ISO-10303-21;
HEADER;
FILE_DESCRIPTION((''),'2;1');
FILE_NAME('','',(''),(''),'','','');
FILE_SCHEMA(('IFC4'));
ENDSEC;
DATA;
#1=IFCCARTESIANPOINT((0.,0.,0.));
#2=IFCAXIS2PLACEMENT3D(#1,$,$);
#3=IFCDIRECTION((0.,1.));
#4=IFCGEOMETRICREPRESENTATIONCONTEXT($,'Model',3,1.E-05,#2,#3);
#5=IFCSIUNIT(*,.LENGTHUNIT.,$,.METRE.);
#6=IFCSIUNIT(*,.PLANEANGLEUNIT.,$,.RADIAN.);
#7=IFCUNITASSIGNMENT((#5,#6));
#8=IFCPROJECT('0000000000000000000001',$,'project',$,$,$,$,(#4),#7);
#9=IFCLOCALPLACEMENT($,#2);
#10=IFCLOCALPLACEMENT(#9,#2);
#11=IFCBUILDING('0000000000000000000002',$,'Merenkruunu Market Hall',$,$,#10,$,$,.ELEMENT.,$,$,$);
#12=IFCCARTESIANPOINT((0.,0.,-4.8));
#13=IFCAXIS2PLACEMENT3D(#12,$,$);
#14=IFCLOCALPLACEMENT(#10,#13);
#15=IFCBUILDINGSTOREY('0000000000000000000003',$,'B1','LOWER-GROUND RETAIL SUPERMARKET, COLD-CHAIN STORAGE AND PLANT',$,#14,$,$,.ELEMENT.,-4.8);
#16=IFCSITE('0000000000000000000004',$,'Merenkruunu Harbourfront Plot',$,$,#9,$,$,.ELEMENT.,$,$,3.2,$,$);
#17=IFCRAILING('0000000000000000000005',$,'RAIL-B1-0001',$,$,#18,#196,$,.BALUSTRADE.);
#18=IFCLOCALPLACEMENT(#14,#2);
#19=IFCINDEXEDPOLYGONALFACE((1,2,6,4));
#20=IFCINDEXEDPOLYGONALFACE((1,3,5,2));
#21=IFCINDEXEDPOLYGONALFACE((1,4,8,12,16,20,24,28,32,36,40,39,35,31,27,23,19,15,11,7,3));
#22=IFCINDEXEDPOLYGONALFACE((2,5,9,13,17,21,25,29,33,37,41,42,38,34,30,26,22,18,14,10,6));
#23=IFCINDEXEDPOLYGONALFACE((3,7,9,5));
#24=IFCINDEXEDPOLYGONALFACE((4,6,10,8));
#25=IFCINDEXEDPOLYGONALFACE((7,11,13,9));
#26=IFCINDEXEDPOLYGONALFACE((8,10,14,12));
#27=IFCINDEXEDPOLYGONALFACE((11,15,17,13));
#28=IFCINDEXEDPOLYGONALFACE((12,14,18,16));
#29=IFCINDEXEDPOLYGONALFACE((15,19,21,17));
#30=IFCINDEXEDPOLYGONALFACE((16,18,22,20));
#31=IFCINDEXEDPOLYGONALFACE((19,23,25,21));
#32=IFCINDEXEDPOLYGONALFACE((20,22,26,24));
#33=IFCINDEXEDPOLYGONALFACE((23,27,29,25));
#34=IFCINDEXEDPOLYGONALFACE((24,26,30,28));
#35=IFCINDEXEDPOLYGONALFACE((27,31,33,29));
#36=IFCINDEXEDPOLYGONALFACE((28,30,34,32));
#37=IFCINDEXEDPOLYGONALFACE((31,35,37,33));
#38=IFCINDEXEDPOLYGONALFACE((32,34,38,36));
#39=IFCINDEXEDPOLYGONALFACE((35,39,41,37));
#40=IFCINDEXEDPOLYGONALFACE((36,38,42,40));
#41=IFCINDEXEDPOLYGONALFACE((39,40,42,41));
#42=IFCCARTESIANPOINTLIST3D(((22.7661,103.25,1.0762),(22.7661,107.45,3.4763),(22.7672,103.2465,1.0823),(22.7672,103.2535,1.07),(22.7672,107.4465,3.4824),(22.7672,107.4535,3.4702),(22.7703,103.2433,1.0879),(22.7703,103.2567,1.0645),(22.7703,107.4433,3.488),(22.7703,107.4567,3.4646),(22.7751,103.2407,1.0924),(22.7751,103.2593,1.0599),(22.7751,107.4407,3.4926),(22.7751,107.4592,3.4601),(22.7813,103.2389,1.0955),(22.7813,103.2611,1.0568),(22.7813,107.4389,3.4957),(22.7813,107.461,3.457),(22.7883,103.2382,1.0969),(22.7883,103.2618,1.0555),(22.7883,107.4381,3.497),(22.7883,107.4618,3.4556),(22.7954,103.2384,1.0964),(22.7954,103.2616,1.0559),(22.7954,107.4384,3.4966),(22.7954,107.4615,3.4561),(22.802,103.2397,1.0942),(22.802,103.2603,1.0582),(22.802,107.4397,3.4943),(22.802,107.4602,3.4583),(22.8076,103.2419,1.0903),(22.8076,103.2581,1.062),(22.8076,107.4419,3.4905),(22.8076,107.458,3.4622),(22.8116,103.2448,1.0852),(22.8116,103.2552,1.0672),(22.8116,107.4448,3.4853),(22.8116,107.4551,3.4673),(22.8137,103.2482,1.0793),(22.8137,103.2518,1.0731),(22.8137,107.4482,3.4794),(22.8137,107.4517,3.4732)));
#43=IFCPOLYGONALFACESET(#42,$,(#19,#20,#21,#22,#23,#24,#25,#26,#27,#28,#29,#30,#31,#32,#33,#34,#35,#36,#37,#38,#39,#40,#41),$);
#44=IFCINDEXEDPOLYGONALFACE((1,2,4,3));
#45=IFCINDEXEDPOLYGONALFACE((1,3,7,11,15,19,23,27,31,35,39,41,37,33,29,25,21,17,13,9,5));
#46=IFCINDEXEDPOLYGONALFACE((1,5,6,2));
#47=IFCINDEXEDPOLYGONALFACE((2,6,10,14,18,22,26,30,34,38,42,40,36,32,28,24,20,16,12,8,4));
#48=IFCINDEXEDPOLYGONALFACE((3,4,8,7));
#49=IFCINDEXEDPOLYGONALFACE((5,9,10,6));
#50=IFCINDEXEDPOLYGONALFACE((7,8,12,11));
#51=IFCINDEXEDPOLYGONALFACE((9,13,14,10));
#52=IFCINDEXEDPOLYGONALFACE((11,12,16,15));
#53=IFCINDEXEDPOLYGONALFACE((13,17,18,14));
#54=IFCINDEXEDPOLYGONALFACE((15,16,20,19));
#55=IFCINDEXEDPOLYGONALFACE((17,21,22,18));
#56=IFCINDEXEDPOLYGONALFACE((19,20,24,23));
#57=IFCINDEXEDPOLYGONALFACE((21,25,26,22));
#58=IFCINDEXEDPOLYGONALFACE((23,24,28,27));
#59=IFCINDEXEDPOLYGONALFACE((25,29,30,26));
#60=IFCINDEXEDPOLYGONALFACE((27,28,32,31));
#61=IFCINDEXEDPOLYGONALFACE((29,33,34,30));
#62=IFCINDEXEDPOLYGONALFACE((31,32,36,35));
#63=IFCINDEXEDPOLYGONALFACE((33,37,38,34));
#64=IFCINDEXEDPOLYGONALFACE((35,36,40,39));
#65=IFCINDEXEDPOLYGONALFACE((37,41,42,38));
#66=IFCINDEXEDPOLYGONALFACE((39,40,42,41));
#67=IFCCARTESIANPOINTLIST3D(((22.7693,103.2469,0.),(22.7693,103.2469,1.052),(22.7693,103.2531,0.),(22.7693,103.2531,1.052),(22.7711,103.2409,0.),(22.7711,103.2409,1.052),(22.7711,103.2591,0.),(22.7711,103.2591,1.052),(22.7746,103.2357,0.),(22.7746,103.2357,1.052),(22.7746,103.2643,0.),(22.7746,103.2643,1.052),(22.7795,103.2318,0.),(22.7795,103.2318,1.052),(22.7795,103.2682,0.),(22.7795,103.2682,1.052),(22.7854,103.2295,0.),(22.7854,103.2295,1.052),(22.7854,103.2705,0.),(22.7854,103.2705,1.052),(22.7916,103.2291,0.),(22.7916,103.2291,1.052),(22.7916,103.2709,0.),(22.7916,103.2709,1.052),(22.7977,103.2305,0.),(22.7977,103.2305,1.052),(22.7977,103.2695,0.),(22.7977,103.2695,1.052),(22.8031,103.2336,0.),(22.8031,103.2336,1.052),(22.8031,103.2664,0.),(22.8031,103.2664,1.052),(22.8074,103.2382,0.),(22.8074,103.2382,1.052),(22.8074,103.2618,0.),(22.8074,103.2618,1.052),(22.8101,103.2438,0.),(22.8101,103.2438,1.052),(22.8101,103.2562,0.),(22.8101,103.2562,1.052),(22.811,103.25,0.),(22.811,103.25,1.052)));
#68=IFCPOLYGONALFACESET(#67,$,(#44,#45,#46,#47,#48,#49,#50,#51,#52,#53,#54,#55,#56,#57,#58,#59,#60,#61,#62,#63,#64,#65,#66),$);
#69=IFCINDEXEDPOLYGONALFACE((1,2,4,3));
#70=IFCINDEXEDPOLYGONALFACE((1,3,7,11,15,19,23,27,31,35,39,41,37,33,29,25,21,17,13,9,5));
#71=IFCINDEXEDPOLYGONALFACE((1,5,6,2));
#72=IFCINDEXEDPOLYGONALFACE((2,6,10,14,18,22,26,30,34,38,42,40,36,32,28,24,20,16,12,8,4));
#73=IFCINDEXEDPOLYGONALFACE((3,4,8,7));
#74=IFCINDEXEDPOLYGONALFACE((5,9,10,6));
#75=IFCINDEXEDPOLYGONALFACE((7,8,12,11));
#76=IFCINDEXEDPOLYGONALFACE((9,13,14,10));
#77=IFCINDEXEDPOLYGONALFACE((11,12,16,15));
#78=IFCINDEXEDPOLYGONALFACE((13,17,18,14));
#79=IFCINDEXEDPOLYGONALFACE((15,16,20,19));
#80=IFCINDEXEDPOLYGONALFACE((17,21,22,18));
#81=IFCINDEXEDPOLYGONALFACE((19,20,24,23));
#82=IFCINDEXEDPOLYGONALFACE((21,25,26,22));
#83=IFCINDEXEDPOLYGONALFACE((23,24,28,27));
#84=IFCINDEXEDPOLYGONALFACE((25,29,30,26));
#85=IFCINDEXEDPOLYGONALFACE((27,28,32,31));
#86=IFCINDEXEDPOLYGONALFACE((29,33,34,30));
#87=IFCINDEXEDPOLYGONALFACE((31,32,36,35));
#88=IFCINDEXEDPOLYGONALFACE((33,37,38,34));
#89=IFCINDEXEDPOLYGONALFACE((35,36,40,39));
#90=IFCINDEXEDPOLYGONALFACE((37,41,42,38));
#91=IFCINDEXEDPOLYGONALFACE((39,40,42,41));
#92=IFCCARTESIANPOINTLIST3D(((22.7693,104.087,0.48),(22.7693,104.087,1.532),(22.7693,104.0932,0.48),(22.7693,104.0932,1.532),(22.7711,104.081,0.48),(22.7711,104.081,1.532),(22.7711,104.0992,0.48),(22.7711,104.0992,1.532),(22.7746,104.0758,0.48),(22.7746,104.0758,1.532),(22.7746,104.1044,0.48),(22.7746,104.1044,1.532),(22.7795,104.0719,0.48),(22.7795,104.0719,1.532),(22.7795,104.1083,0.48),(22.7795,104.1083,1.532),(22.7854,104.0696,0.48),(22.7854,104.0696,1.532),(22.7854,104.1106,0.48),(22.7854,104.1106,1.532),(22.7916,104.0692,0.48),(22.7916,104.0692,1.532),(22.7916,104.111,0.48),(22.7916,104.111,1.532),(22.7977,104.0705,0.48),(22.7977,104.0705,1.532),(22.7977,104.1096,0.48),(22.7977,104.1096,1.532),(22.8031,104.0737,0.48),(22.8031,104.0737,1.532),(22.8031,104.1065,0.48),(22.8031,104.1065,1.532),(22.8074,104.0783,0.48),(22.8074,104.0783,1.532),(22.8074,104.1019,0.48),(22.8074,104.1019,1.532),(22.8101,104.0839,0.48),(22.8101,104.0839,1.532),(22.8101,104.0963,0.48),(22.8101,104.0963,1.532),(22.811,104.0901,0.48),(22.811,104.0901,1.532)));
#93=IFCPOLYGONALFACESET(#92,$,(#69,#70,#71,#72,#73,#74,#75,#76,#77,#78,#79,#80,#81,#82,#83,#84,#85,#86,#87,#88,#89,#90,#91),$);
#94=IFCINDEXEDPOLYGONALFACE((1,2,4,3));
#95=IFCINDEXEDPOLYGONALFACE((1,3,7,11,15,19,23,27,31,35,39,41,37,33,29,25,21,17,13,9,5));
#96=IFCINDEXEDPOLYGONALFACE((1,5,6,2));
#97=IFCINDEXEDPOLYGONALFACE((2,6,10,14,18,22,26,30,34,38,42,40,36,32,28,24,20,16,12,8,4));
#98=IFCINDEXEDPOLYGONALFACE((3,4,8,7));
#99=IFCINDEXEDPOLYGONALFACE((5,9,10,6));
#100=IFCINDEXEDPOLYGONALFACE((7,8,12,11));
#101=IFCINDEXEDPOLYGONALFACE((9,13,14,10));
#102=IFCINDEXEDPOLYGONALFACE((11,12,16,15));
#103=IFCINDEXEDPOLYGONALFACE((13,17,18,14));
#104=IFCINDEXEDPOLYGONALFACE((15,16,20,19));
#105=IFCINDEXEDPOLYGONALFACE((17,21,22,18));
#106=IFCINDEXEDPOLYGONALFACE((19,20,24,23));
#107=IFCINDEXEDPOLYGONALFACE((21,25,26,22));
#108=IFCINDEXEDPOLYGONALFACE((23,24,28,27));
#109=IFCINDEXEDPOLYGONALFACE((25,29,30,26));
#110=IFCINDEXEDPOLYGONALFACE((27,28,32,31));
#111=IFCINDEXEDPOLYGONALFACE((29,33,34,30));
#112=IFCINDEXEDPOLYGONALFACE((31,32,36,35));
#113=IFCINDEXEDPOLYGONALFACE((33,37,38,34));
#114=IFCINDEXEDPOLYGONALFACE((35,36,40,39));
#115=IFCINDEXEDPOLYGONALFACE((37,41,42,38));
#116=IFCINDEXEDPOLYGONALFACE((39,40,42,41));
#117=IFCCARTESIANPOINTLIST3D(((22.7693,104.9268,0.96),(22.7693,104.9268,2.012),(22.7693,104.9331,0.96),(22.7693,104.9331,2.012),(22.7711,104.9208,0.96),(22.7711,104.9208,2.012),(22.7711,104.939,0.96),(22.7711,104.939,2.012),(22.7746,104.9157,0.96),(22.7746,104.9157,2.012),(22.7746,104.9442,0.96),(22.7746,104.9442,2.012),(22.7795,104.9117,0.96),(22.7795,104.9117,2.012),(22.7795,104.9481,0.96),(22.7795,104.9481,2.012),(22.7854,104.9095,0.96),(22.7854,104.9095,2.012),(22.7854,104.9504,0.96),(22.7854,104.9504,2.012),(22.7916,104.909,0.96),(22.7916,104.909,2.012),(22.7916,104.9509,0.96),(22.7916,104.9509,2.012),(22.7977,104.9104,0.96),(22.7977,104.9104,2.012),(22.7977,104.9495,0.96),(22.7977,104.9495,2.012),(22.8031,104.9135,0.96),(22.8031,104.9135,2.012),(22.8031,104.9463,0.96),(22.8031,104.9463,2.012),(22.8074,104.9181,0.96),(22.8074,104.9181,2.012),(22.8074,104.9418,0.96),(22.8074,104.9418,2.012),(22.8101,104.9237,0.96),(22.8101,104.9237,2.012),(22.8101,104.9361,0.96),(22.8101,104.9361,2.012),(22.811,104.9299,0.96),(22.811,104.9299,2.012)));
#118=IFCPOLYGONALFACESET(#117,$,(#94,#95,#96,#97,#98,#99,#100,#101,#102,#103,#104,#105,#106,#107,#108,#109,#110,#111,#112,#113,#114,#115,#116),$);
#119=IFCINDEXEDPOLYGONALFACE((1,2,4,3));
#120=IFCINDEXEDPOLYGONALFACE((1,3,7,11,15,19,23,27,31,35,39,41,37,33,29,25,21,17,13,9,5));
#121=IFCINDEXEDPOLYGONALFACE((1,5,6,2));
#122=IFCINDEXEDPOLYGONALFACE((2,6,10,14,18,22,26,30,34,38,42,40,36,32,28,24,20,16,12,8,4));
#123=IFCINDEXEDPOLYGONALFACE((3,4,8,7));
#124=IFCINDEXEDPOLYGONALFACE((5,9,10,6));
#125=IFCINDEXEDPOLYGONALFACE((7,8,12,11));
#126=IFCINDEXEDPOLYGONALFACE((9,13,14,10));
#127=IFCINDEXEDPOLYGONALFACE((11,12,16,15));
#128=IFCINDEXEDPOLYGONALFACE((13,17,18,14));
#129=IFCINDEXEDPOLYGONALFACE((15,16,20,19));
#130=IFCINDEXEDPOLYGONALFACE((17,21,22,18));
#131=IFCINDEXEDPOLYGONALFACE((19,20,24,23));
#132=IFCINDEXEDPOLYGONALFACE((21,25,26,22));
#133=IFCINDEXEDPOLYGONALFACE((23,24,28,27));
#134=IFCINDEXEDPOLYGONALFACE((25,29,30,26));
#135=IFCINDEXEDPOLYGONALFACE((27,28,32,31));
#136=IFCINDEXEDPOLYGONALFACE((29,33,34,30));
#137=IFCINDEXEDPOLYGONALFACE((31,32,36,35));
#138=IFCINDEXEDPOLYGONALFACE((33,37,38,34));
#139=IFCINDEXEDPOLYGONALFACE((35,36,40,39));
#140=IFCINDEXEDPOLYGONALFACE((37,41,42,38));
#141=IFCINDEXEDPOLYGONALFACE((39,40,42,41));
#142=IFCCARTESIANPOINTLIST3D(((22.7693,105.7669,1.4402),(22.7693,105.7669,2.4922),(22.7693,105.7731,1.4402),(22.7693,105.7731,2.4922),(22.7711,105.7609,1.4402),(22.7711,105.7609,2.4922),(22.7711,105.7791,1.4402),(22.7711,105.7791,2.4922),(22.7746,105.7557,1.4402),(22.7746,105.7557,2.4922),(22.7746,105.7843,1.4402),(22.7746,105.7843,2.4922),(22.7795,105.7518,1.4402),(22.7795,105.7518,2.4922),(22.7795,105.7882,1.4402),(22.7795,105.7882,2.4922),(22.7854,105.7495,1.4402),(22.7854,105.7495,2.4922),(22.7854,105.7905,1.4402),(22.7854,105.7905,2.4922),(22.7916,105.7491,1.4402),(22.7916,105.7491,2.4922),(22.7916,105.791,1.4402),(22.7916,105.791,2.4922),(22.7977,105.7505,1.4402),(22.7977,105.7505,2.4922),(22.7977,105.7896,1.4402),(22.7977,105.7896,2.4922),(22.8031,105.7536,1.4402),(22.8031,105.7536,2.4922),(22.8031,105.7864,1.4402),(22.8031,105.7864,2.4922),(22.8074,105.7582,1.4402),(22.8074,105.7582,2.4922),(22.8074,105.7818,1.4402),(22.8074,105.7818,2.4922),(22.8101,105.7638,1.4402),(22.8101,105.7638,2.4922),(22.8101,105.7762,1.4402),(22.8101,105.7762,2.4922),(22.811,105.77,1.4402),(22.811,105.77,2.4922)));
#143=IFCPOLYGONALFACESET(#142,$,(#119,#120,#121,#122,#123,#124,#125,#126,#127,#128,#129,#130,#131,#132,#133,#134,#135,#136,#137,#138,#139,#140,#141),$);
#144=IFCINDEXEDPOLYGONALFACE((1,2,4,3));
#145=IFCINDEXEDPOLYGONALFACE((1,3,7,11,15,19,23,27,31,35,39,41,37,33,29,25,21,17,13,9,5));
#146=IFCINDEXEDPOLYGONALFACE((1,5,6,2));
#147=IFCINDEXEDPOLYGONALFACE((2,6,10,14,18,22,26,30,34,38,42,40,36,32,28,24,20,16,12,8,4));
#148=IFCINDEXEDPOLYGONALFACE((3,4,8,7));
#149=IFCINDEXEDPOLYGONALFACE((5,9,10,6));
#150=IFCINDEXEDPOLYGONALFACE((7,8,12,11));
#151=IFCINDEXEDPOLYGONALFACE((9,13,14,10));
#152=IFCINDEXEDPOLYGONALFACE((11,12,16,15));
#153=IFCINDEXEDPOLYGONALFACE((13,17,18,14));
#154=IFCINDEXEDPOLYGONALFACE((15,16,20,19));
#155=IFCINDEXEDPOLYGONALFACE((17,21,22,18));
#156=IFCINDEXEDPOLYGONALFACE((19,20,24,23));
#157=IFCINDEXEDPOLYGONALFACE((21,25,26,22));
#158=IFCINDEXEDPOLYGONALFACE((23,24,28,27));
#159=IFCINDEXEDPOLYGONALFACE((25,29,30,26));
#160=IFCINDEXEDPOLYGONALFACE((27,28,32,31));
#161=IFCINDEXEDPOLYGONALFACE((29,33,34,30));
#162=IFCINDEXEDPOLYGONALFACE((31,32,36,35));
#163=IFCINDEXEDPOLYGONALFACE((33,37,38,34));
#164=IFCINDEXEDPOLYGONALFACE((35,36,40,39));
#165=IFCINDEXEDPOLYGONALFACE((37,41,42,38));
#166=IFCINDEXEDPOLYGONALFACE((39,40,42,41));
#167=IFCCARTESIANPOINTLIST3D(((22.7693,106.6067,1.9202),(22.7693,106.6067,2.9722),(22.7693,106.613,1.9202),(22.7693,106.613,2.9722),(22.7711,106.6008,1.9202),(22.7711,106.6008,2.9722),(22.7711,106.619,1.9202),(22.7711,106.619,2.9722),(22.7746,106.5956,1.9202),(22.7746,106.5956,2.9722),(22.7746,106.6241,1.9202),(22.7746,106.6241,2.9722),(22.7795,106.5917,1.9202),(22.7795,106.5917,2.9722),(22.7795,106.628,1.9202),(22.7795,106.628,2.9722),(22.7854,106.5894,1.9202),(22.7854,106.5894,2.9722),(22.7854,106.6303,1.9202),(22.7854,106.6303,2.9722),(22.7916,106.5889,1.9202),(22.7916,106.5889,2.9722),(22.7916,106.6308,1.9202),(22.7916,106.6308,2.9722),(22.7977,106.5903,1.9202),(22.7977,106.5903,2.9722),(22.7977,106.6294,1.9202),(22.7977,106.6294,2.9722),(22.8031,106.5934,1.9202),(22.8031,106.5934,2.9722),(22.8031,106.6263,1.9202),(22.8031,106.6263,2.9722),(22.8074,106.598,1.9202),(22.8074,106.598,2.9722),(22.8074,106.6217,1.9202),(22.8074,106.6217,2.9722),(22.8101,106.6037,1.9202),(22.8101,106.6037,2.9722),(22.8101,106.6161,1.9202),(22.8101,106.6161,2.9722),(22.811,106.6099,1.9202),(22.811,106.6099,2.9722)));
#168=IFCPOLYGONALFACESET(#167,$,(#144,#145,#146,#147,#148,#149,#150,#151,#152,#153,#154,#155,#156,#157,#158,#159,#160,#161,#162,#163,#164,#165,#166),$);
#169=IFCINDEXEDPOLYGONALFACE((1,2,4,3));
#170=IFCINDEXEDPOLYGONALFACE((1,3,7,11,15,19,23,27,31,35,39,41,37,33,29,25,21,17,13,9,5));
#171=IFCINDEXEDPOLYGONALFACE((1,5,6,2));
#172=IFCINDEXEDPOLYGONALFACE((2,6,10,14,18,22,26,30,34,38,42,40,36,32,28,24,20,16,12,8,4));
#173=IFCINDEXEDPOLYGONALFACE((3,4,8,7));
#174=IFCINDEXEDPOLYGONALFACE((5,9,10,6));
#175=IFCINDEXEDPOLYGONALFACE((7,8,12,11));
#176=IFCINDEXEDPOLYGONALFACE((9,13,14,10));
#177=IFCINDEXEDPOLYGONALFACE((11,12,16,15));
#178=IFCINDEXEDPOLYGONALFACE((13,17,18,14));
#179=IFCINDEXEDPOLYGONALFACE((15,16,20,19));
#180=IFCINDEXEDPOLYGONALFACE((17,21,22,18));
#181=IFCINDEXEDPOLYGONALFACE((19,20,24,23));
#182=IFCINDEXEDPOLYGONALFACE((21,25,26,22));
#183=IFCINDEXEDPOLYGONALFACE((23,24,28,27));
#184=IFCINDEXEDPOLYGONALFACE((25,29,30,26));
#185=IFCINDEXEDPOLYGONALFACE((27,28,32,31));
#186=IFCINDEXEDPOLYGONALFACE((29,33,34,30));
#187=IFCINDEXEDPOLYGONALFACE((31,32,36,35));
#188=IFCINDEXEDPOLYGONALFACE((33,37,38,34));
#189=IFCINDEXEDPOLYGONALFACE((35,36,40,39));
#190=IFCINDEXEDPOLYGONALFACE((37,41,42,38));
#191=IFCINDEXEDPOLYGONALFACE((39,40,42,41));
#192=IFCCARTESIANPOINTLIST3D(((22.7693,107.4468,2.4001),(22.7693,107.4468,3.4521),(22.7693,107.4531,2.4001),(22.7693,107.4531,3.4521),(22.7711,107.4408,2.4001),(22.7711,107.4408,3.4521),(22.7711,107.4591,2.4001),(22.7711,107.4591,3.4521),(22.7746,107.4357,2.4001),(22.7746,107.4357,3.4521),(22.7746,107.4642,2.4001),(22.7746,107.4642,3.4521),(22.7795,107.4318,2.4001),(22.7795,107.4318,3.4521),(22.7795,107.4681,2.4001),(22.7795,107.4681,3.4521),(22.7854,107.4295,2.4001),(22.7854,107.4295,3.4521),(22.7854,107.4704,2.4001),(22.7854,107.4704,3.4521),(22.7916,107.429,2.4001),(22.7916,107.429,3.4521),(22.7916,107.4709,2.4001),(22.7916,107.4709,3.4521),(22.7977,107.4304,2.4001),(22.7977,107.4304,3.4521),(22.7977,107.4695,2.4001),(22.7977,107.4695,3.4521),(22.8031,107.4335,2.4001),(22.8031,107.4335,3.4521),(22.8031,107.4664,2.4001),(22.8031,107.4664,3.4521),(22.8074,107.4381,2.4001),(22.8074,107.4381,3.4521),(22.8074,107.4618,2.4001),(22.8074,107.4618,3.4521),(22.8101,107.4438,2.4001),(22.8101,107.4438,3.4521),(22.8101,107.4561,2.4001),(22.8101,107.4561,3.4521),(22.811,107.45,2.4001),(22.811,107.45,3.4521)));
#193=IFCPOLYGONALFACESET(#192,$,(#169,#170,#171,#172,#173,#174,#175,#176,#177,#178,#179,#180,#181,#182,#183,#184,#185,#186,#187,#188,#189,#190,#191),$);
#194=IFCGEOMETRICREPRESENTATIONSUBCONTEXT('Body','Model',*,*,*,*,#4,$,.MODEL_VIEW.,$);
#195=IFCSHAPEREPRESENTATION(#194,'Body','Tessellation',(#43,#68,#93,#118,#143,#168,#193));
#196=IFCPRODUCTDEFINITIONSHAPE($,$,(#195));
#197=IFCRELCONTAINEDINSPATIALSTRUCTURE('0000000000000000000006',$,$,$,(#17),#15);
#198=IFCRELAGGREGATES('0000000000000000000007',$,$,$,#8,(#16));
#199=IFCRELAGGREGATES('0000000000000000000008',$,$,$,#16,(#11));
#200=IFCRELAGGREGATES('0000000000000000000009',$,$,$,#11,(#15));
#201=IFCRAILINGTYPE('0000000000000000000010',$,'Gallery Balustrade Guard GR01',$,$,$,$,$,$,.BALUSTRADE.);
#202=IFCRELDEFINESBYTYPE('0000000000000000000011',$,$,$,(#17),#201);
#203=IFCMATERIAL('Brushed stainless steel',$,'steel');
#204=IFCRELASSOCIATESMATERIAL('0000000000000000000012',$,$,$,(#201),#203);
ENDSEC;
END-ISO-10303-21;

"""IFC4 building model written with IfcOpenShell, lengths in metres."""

from ifc_helpers import new_model, si_unit, direction, frame, origin, origin_2d, place, context, subcontext, project, spatial, circle, extrude, material, type_object, element, save


model = new_model("IFC4")

# Units and contexts
model_context = context("Model", 3, precision=1e-05, world=origin(), true_north=direction((0.0, 1.0)))
body_context = subcontext(model_context, "Body", "Model", "MODEL_VIEW")
ifc_project = project(units=[si_unit("LENGTHUNIT", "METRE"), si_unit("PLANEANGLEUNIT", "RADIAN")], contexts=[model_context])

# Site, building, storey
site_placement = place(None, origin())
site = spatial("IfcSite", under=ifc_project, at=site_placement, Name="Merenkruunu Harbourfront Plot", CompositionType="ELEMENT", RefElevation=3.2)
building_placement = place(site_placement, origin())
building = spatial("IfcBuilding", under=site, at=building_placement, Name="Merenkruunu Market Hall", CompositionType="ELEMENT")
storey_placement = place(building_placement, frame((0.0, 0.0, -4.8)))
storey = spatial("IfcBuildingStorey", under=building, at=storey_placement, Name="B1", Description="LOWER-GROUND RETAIL SUPERMARKET, COLD-CHAIN STORAGE AND PLANT", CompositionType="ELEMENT", Elevation=-4.8)

# Shared definitions
ifc_material_1 = material(Name="Brushed stainless steel", Category="steel")

# Railing
railing_type_1 = type_object("IfcRailingType", Name="Gallery Balustrade Guard GR01", PredefinedType="BALUSTRADE", material=ifc_material_1)
railing_1_placement = place(storey_placement, frame((22.79, 103.25, 0.0)))
element("IfcRailing", 1, at=railing_1_placement, inside=storey, type_object=railing_type_1, Name="RAIL-B1-0001", PredefinedType="BALUSTRADE", context=body_context, shape_type="SweptSolid", body=[
    extrude(circle(Radius=0.0239, at=origin_2d()), frame((0.0, 0.0, 1.0762), z_axis=(0.0, 0.868228, 0.496166), x_axis=(-1.0, 0.0, 0.0)), (0.0, 0.0, 1.0), 4.8374),
    extrude(circle(Radius=0.021, at=origin_2d()), origin(), (0.0, 0.0, 1.0), 1.052),
    extrude(circle(Radius=0.021, at=origin_2d()), frame((0.0, 0.8401, 0.48)), (0.0, 0.0, 1.0), 1.052),
    extrude(circle(Radius=0.021, at=origin_2d()), frame((0.0, 1.6799, 0.96)), (0.0, 0.0, 1.0), 1.052),
    extrude(circle(Radius=0.021, at=origin_2d()), frame((0.0, 2.52, 1.4402)), (0.0, 0.0, 1.0), 1.052),
    extrude(circle(Radius=0.021, at=origin_2d()), frame((0.0, 3.3599, 1.9202)), (0.0, 0.0, 1.0), 1.052),
    extrude(circle(Radius=0.021, at=origin_2d()), frame((0.0, 4.2, 2.4001)), (0.0, 0.0, 1.0), 1.052),
])

save(model, "model.ifc")
